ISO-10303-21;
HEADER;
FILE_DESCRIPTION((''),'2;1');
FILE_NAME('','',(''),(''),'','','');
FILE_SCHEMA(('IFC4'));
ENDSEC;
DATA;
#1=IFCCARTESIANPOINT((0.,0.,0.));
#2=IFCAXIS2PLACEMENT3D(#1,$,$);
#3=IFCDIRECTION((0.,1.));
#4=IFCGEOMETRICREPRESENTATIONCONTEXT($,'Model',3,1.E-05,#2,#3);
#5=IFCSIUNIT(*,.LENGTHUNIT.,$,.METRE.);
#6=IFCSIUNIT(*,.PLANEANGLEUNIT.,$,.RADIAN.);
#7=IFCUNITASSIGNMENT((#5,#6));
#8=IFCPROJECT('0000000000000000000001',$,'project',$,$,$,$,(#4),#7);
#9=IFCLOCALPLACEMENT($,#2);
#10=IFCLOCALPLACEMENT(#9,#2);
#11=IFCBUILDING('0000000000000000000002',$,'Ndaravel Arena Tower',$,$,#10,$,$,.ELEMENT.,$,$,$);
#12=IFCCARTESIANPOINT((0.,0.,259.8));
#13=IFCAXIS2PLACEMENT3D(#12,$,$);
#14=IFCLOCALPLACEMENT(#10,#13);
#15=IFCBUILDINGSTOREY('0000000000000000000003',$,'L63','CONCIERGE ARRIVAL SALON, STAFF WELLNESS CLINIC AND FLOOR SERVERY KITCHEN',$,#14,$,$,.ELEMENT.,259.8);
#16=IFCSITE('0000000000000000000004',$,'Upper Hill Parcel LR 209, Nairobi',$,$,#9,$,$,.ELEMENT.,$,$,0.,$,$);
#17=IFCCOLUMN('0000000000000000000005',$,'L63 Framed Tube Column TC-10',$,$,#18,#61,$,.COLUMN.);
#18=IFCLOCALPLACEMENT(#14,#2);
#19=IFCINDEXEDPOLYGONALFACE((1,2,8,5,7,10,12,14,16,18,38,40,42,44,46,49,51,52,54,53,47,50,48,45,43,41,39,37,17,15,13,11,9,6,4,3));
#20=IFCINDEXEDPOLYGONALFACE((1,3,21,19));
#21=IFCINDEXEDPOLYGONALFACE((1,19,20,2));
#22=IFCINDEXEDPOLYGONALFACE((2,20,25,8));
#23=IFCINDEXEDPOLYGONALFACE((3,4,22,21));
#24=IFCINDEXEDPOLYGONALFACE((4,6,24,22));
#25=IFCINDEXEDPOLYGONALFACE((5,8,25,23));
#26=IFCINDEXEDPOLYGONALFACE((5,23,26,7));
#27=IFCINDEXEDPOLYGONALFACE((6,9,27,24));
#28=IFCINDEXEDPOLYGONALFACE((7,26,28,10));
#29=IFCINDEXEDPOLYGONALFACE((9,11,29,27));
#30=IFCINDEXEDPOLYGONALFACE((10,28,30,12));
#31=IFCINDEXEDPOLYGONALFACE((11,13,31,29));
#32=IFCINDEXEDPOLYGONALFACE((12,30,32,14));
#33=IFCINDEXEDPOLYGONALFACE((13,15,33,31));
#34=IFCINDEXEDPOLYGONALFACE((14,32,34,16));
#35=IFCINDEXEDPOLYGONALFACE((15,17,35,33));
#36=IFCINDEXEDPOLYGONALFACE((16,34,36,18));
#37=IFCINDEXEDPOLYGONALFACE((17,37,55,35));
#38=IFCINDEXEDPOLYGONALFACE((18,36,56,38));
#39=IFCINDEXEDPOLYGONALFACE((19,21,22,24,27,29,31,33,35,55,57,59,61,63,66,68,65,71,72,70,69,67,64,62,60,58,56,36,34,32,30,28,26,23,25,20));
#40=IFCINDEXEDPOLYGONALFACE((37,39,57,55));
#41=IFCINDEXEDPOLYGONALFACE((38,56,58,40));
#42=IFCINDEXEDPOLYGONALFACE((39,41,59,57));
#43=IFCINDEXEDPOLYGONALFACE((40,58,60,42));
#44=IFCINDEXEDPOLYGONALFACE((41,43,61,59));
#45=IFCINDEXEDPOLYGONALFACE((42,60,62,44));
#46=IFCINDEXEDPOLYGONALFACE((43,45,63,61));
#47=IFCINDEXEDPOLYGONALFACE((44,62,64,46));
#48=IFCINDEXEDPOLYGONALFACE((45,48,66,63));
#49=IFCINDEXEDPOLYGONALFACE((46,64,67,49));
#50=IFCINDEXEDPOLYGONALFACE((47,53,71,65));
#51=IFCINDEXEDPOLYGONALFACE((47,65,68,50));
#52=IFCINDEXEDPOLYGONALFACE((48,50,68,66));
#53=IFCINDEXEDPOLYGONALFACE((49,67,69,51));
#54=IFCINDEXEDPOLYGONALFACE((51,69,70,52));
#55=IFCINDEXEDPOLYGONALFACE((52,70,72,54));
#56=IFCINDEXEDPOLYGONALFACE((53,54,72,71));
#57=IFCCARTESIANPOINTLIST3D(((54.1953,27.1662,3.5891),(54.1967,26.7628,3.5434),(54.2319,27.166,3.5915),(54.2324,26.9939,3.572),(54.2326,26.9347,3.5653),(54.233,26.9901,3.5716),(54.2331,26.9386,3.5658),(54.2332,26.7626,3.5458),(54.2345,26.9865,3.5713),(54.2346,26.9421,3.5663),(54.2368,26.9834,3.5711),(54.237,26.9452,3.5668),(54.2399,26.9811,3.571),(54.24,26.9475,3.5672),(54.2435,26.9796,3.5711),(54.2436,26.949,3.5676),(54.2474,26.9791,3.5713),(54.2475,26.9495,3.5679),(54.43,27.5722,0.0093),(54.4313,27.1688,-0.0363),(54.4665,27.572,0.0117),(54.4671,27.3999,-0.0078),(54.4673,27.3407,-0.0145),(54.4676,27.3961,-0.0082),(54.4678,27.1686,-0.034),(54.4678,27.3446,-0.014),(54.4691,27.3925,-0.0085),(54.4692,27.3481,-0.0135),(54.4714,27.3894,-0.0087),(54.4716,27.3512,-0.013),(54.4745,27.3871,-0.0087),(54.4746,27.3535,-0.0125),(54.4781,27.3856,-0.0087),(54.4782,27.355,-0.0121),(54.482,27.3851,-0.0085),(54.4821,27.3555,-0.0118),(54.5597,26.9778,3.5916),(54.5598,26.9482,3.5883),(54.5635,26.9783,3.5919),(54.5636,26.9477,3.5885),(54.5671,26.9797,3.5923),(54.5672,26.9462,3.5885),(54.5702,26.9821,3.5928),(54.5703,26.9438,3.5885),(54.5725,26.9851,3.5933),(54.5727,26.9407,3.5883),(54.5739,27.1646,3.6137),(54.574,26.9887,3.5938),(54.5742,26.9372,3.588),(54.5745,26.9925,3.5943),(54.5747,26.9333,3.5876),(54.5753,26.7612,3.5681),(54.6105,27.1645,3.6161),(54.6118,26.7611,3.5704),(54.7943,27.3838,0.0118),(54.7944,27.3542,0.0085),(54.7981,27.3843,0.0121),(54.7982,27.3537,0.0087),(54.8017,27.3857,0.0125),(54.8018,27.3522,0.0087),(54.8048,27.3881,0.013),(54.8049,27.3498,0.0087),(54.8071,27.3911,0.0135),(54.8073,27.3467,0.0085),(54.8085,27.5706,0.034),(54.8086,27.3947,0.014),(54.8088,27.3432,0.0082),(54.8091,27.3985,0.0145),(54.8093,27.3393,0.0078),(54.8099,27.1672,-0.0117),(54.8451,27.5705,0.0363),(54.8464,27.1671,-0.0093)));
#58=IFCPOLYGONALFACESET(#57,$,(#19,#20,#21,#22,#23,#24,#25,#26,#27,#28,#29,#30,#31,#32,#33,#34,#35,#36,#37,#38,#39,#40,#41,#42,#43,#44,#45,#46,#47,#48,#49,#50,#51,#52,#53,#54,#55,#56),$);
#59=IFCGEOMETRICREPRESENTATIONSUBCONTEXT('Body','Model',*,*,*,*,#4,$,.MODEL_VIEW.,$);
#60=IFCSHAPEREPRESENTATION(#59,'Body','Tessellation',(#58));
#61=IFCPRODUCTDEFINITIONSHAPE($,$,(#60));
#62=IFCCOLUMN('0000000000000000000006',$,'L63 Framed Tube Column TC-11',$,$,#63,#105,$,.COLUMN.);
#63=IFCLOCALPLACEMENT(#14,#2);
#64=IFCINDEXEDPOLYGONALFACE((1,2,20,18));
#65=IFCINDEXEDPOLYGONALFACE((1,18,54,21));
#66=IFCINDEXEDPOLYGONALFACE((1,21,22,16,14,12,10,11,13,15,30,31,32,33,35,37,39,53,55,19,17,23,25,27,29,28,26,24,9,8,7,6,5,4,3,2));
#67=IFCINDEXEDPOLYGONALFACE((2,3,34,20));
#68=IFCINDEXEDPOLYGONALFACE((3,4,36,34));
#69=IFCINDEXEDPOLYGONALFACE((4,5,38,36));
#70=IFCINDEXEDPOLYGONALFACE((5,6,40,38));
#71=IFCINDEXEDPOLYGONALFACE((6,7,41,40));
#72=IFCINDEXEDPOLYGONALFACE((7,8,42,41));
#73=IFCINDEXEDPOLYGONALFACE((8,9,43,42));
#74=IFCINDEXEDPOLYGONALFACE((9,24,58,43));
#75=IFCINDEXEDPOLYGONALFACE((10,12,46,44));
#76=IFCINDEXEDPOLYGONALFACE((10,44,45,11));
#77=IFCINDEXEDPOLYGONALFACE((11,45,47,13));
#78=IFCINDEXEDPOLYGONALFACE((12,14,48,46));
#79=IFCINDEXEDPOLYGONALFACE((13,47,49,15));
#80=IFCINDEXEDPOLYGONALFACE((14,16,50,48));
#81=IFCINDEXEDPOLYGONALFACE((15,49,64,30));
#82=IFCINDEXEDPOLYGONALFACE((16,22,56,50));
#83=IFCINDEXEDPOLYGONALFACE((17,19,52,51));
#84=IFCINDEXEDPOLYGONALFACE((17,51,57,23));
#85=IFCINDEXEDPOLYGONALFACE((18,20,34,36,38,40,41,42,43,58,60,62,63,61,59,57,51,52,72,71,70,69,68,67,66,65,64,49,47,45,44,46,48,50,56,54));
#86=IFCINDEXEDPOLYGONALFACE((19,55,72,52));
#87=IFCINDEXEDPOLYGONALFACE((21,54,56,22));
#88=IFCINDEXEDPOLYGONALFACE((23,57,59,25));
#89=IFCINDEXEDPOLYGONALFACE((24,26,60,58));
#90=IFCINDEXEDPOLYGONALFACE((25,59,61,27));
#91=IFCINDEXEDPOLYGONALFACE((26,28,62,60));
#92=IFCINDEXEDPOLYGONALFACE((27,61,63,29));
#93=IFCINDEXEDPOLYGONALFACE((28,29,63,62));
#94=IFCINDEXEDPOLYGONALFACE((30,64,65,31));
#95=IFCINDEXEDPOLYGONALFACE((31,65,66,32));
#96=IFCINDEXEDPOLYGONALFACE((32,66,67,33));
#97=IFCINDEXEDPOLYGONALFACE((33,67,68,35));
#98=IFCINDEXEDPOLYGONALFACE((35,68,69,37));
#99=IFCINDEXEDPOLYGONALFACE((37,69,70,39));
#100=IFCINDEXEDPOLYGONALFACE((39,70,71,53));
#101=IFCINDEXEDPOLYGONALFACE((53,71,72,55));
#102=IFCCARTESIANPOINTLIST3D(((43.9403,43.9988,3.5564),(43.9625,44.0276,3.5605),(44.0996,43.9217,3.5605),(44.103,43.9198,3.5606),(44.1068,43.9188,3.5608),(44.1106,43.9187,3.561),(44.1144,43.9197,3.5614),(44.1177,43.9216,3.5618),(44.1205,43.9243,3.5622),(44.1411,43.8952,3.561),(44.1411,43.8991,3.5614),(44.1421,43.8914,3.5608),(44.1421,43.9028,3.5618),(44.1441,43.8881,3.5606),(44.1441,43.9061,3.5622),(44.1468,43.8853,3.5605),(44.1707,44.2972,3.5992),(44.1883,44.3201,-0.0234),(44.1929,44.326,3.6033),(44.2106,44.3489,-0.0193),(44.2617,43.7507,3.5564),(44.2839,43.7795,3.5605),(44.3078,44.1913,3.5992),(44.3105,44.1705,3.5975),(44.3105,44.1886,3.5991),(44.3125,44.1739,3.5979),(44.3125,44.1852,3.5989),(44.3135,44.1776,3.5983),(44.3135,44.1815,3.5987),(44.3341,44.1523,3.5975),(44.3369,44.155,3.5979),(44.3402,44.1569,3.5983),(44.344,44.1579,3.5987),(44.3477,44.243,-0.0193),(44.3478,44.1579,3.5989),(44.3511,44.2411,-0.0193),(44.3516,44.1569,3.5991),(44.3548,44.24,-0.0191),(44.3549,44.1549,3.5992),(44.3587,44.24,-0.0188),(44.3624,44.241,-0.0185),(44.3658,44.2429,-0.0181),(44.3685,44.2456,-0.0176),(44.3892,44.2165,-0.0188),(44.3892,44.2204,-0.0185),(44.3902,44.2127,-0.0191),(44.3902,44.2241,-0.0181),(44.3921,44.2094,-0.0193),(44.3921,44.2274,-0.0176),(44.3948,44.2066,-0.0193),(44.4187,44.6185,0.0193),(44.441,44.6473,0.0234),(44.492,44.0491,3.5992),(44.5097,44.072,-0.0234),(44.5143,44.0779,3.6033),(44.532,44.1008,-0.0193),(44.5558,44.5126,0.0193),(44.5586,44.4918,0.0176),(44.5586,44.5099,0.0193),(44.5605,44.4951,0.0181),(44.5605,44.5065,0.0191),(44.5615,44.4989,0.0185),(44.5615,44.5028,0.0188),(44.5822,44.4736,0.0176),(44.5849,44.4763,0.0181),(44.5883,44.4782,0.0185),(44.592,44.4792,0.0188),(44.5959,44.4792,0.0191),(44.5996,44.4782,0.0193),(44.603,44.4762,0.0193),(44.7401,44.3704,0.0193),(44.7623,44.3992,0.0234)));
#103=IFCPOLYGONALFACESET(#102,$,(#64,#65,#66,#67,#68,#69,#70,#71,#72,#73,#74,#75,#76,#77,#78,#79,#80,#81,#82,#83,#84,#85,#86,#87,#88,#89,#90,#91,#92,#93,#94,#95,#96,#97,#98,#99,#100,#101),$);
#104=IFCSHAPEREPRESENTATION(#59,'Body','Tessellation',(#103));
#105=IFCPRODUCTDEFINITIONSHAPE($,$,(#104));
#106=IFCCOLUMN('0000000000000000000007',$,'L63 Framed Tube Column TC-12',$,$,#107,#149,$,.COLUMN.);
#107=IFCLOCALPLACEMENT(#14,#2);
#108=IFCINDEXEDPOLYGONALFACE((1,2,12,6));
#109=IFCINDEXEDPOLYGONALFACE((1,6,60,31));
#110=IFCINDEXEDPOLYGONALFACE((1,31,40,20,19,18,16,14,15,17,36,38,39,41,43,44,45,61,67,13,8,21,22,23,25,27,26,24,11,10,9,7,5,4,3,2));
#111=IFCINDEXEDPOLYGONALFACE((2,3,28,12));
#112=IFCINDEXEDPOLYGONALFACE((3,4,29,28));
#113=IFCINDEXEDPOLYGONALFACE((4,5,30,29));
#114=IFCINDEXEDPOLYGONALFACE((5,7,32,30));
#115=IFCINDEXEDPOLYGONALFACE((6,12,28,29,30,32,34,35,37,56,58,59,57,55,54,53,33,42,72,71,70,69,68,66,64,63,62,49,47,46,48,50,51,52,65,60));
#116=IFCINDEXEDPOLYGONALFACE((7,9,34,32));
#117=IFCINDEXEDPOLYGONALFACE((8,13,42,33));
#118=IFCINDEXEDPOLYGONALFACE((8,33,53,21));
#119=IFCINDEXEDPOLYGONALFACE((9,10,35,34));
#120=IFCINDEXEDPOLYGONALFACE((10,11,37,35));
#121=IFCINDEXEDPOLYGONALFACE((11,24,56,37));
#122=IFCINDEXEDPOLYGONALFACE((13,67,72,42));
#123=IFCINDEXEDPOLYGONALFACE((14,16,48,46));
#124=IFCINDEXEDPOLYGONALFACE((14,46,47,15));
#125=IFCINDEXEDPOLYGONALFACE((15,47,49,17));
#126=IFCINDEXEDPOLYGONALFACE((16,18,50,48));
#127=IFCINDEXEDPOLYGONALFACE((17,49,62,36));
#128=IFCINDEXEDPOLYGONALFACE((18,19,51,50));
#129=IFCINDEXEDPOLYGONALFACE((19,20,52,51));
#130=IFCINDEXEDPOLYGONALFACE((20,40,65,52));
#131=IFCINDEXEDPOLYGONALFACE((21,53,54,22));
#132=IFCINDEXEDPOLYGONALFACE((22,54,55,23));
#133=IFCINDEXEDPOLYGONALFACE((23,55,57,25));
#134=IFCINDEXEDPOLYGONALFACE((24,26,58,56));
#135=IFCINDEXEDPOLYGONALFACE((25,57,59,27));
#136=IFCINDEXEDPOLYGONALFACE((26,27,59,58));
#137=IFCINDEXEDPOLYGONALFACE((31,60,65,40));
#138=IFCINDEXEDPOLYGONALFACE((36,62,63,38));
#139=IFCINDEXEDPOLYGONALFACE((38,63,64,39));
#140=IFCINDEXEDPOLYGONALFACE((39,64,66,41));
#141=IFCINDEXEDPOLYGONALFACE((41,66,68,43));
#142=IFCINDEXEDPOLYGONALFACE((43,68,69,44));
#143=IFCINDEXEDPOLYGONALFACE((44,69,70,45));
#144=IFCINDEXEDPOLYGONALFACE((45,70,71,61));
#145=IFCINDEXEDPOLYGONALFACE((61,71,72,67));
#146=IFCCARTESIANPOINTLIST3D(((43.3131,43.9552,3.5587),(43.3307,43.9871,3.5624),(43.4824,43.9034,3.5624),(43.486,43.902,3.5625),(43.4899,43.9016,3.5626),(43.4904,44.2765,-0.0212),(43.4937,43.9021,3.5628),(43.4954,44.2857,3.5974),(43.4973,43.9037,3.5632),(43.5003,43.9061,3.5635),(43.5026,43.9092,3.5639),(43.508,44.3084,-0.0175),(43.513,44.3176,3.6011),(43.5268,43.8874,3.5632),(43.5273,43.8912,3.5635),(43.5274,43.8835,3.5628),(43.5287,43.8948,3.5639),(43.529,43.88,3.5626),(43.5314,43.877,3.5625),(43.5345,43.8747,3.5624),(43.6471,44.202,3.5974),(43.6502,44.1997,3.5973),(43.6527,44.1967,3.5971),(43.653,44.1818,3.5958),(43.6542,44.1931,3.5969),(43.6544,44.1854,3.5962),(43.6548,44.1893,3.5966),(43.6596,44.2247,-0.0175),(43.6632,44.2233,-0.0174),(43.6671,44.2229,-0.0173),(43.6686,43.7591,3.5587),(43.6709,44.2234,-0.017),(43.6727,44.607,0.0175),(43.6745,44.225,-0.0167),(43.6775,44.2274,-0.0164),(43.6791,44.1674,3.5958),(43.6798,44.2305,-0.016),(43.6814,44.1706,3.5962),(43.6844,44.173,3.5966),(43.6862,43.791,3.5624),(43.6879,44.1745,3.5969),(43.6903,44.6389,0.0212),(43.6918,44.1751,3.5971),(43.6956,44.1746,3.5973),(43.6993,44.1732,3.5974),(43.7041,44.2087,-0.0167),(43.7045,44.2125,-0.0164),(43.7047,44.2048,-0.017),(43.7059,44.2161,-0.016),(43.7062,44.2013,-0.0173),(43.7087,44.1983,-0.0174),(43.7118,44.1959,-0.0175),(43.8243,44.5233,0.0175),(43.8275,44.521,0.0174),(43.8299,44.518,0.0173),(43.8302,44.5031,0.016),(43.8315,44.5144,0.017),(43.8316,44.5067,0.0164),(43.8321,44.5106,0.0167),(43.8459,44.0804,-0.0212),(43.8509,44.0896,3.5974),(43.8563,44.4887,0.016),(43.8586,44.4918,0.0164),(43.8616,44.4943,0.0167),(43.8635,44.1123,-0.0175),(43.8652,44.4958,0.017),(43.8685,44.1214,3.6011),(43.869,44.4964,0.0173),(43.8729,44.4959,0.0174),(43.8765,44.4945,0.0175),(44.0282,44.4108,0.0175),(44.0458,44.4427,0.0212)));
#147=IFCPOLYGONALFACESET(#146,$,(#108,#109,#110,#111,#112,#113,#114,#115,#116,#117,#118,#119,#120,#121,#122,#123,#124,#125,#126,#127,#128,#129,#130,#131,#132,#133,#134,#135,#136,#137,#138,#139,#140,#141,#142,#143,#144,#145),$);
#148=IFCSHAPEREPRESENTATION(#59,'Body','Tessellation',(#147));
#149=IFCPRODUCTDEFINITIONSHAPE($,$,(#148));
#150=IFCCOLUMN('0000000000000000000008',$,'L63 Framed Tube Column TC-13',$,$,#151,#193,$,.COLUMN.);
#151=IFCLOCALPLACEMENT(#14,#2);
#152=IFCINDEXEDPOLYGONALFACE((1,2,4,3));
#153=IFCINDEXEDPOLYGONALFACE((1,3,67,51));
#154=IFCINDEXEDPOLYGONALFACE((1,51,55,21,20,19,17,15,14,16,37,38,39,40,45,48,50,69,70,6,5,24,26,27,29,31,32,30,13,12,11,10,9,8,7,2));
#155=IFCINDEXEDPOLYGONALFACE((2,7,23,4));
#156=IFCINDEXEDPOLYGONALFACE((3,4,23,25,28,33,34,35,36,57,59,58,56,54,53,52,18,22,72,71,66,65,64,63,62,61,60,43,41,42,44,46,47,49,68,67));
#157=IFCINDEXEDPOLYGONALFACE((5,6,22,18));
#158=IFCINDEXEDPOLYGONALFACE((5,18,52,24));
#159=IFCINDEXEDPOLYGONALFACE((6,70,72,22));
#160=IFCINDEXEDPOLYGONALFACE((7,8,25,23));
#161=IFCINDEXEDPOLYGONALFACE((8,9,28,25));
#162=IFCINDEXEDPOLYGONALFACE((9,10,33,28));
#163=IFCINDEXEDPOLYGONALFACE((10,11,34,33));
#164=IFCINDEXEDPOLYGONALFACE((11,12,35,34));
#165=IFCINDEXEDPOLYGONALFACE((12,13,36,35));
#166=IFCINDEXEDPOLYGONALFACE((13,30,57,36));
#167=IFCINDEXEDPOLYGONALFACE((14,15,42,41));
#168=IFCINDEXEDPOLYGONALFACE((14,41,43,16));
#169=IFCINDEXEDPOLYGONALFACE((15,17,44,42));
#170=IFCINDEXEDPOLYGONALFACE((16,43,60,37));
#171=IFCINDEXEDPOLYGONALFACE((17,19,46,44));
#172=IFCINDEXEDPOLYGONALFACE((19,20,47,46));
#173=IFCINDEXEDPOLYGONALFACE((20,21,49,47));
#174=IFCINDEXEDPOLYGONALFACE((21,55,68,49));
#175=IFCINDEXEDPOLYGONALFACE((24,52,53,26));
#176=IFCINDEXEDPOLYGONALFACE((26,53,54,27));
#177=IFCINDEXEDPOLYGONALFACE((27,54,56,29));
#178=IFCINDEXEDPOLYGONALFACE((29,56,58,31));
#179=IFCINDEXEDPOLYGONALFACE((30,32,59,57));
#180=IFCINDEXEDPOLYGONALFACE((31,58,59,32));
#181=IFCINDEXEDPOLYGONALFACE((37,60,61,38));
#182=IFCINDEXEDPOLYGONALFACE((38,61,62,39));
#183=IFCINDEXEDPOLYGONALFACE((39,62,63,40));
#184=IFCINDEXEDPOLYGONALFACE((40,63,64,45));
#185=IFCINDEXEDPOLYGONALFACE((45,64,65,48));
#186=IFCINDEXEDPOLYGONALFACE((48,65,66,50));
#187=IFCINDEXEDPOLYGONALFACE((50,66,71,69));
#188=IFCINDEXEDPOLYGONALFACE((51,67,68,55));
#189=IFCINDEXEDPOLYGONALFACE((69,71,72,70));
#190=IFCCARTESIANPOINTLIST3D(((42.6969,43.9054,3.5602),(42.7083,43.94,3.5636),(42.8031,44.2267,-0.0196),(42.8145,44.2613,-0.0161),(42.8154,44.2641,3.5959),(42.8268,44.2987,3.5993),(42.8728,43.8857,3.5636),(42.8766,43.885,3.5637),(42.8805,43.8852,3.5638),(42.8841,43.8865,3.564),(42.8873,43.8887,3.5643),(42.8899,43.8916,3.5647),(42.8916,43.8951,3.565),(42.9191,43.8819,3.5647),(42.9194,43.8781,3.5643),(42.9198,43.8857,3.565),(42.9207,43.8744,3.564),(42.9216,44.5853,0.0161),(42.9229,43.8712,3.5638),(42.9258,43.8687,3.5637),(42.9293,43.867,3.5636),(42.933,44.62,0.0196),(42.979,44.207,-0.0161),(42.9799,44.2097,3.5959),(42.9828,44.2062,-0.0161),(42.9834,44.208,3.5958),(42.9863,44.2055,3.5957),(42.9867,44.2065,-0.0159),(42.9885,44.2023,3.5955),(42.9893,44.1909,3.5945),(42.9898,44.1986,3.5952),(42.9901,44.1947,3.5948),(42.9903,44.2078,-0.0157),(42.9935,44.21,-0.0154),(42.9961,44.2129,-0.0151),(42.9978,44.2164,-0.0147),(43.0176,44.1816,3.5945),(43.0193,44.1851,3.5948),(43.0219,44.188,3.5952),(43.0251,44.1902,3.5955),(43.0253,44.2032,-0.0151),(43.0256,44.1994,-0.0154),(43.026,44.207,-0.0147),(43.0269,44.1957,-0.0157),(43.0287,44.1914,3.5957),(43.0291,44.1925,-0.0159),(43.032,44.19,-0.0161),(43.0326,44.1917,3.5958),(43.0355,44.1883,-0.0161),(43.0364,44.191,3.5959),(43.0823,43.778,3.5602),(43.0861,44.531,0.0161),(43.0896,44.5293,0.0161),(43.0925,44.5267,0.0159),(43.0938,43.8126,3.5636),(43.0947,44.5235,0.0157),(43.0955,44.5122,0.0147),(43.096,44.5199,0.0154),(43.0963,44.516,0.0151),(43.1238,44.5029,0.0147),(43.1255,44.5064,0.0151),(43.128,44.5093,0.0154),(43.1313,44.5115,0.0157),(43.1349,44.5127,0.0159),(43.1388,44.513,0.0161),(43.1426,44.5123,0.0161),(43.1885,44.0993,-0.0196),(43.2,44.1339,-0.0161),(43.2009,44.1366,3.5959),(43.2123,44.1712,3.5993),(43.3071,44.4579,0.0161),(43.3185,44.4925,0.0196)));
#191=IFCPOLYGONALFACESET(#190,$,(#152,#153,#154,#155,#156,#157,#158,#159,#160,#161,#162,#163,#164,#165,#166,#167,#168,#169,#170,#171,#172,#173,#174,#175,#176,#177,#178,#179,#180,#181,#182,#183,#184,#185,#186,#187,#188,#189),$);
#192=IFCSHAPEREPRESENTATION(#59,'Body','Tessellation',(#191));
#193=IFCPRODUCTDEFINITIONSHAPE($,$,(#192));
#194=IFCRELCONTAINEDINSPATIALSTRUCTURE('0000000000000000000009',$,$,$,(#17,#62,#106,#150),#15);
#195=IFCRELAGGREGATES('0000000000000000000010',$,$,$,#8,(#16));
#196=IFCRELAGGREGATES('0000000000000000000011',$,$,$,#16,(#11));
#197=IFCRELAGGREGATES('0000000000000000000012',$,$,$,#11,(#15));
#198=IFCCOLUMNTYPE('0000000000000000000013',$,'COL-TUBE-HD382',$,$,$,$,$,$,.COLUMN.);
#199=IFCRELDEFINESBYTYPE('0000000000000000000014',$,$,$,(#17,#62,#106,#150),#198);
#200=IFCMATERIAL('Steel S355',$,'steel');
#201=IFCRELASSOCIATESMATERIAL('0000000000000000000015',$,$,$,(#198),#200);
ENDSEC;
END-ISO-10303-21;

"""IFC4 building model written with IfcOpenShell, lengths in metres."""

from ifc_helpers import new_model, si_unit, direction, frame, origin, origin_2d, place, context, subcontext, project, spatial, i_section, extrude, material, material_profile, profile_set, type_object, element, save


model = new_model("IFC4")

# Units and contexts
model_context = context("Model", 3, precision=1e-05, world=origin(), true_north=direction((0.0, 1.0)))
body_context = subcontext(model_context, "Body", "Model", "MODEL_VIEW")
ifc_project = project(units=[si_unit("LENGTHUNIT", "METRE"), si_unit("PLANEANGLEUNIT", "RADIAN")], contexts=[model_context])

# Site, building, storey
site_placement = place(None, origin())
site = spatial("IfcSite", under=ifc_project, at=site_placement, Name="Upper Hill Parcel LR 209, Nairobi", CompositionType="ELEMENT", RefElevation=0.0)
building_placement = place(site_placement, origin())
building = spatial("IfcBuilding", under=site, at=building_placement, Name="Ndaravel Arena Tower", CompositionType="ELEMENT")
storey_placement = place(building_placement, frame((0.0, 0.0, 259.8)))
storey = spatial("IfcBuildingStorey", under=building, at=storey_placement, Name="L63", Description="CONCIERGE ARRIVAL SALON, STAFF WELLNESS CLINIC AND FLOOR SERVERY KITCHEN", CompositionType="ELEMENT", Elevation=259.8)

# Columns
ifc_material_1 = material(Name="Steel S355", Category="steel")
ifc_material_profile_1 = material_profile(ifc_material_1, i_section(OverallWidth=0.406, OverallDepth=0.416, WebThickness=0.0298, FlangeThickness=0.0366, FilletRadius=0.0149, at=origin_2d()), Name="HD 400x382")
ifc_profile_set_1 = profile_set([ifc_material_profile_1], Name="Steel S355")
column_type = type_object("IfcColumnType", Name="COL-TUBE-HD382", PredefinedType="COLUMN", material=ifc_profile_set_1)
column_1_placement = place(storey_placement, frame((54.6382, 27.3696, 0.0), z_axis=(-0.064984, -0.112454, 0.99153), x_axis=(-0.00328, 0.993649, 0.112479)))
element("IfcColumn", 1, at=column_1_placement, inside=storey, type_object=column_type, Name="L63 Framed Tube Column TC-10", PredefinedType="COLUMN", context=body_context, shape_type="SweptSolid", body=[
    extrude(i_section(OverallWidth=0.406, OverallDepth=0.416, WebThickness=0.0298, FlangeThickness=0.0366, FilletRadius=0.0149, at=origin_2d()), origin(), (0.0, 0.0, 1.0), 3.6104),
])
column_2_placement = place(storey_placement, frame((44.4753, 44.3596, 0.0), z_axis=(-0.068849, -0.089178, 0.993633), x_axis=(0.791549, -0.611105, 0.0)))
element("IfcColumn", 2, at=column_2_placement, inside=storey, type_object=column_type, Name="L63 Framed Tube Column TC-11", PredefinedType="COLUMN", context=body_context, shape_type="SweptSolid", body=[
    extrude(i_section(OverallWidth=0.406, OverallDepth=0.416, WebThickness=0.0298, FlangeThickness=0.0366, FilletRadius=0.0149, at=origin_2d()), origin(), (0.0, 0.0, 1.0), 3.6028),
])
column_3_placement = place(storey_placement, frame((43.7681, 44.3596, 0.0), z_axis=(-0.049254, -0.089282, 0.994788), x_axis=(0.875597, -0.483042, 0.0)))
element("IfcColumn", 3, at=column_3_placement, inside=storey, type_object=column_type, Name="L63 Framed Tube Column TC-12", PredefinedType="COLUMN", context=body_context, shape_type="SweptSolid", body=[
    extrude(i_section(OverallWidth=0.406, OverallDepth=0.416, WebThickness=0.0298, FlangeThickness=0.0366, FilletRadius=0.0149, at=origin_2d()), origin(), (0.0, 0.0, 1.0), 3.5986),
])
column_4_placement = place(storey_placement, frame((43.0608, 44.3596, 0.0), z_axis=(-0.029535, -0.089351, 0.995562), x_axis=(0.949474, -0.313846, 0.0)))
element("IfcColumn", 4, at=column_4_placement, inside=storey, type_object=column_type, Name="L63 Framed Tube Column TC-13", PredefinedType="COLUMN", context=body_context, shape_type="SweptSolid", body=[
    extrude(i_section(OverallWidth=0.406, OverallDepth=0.416, WebThickness=0.0298, FlangeThickness=0.0366, FilletRadius=0.0149, at=origin_2d()), origin(), (0.0, 0.0, 1.0), 3.5957),
])

save(model, "model.ifc")
